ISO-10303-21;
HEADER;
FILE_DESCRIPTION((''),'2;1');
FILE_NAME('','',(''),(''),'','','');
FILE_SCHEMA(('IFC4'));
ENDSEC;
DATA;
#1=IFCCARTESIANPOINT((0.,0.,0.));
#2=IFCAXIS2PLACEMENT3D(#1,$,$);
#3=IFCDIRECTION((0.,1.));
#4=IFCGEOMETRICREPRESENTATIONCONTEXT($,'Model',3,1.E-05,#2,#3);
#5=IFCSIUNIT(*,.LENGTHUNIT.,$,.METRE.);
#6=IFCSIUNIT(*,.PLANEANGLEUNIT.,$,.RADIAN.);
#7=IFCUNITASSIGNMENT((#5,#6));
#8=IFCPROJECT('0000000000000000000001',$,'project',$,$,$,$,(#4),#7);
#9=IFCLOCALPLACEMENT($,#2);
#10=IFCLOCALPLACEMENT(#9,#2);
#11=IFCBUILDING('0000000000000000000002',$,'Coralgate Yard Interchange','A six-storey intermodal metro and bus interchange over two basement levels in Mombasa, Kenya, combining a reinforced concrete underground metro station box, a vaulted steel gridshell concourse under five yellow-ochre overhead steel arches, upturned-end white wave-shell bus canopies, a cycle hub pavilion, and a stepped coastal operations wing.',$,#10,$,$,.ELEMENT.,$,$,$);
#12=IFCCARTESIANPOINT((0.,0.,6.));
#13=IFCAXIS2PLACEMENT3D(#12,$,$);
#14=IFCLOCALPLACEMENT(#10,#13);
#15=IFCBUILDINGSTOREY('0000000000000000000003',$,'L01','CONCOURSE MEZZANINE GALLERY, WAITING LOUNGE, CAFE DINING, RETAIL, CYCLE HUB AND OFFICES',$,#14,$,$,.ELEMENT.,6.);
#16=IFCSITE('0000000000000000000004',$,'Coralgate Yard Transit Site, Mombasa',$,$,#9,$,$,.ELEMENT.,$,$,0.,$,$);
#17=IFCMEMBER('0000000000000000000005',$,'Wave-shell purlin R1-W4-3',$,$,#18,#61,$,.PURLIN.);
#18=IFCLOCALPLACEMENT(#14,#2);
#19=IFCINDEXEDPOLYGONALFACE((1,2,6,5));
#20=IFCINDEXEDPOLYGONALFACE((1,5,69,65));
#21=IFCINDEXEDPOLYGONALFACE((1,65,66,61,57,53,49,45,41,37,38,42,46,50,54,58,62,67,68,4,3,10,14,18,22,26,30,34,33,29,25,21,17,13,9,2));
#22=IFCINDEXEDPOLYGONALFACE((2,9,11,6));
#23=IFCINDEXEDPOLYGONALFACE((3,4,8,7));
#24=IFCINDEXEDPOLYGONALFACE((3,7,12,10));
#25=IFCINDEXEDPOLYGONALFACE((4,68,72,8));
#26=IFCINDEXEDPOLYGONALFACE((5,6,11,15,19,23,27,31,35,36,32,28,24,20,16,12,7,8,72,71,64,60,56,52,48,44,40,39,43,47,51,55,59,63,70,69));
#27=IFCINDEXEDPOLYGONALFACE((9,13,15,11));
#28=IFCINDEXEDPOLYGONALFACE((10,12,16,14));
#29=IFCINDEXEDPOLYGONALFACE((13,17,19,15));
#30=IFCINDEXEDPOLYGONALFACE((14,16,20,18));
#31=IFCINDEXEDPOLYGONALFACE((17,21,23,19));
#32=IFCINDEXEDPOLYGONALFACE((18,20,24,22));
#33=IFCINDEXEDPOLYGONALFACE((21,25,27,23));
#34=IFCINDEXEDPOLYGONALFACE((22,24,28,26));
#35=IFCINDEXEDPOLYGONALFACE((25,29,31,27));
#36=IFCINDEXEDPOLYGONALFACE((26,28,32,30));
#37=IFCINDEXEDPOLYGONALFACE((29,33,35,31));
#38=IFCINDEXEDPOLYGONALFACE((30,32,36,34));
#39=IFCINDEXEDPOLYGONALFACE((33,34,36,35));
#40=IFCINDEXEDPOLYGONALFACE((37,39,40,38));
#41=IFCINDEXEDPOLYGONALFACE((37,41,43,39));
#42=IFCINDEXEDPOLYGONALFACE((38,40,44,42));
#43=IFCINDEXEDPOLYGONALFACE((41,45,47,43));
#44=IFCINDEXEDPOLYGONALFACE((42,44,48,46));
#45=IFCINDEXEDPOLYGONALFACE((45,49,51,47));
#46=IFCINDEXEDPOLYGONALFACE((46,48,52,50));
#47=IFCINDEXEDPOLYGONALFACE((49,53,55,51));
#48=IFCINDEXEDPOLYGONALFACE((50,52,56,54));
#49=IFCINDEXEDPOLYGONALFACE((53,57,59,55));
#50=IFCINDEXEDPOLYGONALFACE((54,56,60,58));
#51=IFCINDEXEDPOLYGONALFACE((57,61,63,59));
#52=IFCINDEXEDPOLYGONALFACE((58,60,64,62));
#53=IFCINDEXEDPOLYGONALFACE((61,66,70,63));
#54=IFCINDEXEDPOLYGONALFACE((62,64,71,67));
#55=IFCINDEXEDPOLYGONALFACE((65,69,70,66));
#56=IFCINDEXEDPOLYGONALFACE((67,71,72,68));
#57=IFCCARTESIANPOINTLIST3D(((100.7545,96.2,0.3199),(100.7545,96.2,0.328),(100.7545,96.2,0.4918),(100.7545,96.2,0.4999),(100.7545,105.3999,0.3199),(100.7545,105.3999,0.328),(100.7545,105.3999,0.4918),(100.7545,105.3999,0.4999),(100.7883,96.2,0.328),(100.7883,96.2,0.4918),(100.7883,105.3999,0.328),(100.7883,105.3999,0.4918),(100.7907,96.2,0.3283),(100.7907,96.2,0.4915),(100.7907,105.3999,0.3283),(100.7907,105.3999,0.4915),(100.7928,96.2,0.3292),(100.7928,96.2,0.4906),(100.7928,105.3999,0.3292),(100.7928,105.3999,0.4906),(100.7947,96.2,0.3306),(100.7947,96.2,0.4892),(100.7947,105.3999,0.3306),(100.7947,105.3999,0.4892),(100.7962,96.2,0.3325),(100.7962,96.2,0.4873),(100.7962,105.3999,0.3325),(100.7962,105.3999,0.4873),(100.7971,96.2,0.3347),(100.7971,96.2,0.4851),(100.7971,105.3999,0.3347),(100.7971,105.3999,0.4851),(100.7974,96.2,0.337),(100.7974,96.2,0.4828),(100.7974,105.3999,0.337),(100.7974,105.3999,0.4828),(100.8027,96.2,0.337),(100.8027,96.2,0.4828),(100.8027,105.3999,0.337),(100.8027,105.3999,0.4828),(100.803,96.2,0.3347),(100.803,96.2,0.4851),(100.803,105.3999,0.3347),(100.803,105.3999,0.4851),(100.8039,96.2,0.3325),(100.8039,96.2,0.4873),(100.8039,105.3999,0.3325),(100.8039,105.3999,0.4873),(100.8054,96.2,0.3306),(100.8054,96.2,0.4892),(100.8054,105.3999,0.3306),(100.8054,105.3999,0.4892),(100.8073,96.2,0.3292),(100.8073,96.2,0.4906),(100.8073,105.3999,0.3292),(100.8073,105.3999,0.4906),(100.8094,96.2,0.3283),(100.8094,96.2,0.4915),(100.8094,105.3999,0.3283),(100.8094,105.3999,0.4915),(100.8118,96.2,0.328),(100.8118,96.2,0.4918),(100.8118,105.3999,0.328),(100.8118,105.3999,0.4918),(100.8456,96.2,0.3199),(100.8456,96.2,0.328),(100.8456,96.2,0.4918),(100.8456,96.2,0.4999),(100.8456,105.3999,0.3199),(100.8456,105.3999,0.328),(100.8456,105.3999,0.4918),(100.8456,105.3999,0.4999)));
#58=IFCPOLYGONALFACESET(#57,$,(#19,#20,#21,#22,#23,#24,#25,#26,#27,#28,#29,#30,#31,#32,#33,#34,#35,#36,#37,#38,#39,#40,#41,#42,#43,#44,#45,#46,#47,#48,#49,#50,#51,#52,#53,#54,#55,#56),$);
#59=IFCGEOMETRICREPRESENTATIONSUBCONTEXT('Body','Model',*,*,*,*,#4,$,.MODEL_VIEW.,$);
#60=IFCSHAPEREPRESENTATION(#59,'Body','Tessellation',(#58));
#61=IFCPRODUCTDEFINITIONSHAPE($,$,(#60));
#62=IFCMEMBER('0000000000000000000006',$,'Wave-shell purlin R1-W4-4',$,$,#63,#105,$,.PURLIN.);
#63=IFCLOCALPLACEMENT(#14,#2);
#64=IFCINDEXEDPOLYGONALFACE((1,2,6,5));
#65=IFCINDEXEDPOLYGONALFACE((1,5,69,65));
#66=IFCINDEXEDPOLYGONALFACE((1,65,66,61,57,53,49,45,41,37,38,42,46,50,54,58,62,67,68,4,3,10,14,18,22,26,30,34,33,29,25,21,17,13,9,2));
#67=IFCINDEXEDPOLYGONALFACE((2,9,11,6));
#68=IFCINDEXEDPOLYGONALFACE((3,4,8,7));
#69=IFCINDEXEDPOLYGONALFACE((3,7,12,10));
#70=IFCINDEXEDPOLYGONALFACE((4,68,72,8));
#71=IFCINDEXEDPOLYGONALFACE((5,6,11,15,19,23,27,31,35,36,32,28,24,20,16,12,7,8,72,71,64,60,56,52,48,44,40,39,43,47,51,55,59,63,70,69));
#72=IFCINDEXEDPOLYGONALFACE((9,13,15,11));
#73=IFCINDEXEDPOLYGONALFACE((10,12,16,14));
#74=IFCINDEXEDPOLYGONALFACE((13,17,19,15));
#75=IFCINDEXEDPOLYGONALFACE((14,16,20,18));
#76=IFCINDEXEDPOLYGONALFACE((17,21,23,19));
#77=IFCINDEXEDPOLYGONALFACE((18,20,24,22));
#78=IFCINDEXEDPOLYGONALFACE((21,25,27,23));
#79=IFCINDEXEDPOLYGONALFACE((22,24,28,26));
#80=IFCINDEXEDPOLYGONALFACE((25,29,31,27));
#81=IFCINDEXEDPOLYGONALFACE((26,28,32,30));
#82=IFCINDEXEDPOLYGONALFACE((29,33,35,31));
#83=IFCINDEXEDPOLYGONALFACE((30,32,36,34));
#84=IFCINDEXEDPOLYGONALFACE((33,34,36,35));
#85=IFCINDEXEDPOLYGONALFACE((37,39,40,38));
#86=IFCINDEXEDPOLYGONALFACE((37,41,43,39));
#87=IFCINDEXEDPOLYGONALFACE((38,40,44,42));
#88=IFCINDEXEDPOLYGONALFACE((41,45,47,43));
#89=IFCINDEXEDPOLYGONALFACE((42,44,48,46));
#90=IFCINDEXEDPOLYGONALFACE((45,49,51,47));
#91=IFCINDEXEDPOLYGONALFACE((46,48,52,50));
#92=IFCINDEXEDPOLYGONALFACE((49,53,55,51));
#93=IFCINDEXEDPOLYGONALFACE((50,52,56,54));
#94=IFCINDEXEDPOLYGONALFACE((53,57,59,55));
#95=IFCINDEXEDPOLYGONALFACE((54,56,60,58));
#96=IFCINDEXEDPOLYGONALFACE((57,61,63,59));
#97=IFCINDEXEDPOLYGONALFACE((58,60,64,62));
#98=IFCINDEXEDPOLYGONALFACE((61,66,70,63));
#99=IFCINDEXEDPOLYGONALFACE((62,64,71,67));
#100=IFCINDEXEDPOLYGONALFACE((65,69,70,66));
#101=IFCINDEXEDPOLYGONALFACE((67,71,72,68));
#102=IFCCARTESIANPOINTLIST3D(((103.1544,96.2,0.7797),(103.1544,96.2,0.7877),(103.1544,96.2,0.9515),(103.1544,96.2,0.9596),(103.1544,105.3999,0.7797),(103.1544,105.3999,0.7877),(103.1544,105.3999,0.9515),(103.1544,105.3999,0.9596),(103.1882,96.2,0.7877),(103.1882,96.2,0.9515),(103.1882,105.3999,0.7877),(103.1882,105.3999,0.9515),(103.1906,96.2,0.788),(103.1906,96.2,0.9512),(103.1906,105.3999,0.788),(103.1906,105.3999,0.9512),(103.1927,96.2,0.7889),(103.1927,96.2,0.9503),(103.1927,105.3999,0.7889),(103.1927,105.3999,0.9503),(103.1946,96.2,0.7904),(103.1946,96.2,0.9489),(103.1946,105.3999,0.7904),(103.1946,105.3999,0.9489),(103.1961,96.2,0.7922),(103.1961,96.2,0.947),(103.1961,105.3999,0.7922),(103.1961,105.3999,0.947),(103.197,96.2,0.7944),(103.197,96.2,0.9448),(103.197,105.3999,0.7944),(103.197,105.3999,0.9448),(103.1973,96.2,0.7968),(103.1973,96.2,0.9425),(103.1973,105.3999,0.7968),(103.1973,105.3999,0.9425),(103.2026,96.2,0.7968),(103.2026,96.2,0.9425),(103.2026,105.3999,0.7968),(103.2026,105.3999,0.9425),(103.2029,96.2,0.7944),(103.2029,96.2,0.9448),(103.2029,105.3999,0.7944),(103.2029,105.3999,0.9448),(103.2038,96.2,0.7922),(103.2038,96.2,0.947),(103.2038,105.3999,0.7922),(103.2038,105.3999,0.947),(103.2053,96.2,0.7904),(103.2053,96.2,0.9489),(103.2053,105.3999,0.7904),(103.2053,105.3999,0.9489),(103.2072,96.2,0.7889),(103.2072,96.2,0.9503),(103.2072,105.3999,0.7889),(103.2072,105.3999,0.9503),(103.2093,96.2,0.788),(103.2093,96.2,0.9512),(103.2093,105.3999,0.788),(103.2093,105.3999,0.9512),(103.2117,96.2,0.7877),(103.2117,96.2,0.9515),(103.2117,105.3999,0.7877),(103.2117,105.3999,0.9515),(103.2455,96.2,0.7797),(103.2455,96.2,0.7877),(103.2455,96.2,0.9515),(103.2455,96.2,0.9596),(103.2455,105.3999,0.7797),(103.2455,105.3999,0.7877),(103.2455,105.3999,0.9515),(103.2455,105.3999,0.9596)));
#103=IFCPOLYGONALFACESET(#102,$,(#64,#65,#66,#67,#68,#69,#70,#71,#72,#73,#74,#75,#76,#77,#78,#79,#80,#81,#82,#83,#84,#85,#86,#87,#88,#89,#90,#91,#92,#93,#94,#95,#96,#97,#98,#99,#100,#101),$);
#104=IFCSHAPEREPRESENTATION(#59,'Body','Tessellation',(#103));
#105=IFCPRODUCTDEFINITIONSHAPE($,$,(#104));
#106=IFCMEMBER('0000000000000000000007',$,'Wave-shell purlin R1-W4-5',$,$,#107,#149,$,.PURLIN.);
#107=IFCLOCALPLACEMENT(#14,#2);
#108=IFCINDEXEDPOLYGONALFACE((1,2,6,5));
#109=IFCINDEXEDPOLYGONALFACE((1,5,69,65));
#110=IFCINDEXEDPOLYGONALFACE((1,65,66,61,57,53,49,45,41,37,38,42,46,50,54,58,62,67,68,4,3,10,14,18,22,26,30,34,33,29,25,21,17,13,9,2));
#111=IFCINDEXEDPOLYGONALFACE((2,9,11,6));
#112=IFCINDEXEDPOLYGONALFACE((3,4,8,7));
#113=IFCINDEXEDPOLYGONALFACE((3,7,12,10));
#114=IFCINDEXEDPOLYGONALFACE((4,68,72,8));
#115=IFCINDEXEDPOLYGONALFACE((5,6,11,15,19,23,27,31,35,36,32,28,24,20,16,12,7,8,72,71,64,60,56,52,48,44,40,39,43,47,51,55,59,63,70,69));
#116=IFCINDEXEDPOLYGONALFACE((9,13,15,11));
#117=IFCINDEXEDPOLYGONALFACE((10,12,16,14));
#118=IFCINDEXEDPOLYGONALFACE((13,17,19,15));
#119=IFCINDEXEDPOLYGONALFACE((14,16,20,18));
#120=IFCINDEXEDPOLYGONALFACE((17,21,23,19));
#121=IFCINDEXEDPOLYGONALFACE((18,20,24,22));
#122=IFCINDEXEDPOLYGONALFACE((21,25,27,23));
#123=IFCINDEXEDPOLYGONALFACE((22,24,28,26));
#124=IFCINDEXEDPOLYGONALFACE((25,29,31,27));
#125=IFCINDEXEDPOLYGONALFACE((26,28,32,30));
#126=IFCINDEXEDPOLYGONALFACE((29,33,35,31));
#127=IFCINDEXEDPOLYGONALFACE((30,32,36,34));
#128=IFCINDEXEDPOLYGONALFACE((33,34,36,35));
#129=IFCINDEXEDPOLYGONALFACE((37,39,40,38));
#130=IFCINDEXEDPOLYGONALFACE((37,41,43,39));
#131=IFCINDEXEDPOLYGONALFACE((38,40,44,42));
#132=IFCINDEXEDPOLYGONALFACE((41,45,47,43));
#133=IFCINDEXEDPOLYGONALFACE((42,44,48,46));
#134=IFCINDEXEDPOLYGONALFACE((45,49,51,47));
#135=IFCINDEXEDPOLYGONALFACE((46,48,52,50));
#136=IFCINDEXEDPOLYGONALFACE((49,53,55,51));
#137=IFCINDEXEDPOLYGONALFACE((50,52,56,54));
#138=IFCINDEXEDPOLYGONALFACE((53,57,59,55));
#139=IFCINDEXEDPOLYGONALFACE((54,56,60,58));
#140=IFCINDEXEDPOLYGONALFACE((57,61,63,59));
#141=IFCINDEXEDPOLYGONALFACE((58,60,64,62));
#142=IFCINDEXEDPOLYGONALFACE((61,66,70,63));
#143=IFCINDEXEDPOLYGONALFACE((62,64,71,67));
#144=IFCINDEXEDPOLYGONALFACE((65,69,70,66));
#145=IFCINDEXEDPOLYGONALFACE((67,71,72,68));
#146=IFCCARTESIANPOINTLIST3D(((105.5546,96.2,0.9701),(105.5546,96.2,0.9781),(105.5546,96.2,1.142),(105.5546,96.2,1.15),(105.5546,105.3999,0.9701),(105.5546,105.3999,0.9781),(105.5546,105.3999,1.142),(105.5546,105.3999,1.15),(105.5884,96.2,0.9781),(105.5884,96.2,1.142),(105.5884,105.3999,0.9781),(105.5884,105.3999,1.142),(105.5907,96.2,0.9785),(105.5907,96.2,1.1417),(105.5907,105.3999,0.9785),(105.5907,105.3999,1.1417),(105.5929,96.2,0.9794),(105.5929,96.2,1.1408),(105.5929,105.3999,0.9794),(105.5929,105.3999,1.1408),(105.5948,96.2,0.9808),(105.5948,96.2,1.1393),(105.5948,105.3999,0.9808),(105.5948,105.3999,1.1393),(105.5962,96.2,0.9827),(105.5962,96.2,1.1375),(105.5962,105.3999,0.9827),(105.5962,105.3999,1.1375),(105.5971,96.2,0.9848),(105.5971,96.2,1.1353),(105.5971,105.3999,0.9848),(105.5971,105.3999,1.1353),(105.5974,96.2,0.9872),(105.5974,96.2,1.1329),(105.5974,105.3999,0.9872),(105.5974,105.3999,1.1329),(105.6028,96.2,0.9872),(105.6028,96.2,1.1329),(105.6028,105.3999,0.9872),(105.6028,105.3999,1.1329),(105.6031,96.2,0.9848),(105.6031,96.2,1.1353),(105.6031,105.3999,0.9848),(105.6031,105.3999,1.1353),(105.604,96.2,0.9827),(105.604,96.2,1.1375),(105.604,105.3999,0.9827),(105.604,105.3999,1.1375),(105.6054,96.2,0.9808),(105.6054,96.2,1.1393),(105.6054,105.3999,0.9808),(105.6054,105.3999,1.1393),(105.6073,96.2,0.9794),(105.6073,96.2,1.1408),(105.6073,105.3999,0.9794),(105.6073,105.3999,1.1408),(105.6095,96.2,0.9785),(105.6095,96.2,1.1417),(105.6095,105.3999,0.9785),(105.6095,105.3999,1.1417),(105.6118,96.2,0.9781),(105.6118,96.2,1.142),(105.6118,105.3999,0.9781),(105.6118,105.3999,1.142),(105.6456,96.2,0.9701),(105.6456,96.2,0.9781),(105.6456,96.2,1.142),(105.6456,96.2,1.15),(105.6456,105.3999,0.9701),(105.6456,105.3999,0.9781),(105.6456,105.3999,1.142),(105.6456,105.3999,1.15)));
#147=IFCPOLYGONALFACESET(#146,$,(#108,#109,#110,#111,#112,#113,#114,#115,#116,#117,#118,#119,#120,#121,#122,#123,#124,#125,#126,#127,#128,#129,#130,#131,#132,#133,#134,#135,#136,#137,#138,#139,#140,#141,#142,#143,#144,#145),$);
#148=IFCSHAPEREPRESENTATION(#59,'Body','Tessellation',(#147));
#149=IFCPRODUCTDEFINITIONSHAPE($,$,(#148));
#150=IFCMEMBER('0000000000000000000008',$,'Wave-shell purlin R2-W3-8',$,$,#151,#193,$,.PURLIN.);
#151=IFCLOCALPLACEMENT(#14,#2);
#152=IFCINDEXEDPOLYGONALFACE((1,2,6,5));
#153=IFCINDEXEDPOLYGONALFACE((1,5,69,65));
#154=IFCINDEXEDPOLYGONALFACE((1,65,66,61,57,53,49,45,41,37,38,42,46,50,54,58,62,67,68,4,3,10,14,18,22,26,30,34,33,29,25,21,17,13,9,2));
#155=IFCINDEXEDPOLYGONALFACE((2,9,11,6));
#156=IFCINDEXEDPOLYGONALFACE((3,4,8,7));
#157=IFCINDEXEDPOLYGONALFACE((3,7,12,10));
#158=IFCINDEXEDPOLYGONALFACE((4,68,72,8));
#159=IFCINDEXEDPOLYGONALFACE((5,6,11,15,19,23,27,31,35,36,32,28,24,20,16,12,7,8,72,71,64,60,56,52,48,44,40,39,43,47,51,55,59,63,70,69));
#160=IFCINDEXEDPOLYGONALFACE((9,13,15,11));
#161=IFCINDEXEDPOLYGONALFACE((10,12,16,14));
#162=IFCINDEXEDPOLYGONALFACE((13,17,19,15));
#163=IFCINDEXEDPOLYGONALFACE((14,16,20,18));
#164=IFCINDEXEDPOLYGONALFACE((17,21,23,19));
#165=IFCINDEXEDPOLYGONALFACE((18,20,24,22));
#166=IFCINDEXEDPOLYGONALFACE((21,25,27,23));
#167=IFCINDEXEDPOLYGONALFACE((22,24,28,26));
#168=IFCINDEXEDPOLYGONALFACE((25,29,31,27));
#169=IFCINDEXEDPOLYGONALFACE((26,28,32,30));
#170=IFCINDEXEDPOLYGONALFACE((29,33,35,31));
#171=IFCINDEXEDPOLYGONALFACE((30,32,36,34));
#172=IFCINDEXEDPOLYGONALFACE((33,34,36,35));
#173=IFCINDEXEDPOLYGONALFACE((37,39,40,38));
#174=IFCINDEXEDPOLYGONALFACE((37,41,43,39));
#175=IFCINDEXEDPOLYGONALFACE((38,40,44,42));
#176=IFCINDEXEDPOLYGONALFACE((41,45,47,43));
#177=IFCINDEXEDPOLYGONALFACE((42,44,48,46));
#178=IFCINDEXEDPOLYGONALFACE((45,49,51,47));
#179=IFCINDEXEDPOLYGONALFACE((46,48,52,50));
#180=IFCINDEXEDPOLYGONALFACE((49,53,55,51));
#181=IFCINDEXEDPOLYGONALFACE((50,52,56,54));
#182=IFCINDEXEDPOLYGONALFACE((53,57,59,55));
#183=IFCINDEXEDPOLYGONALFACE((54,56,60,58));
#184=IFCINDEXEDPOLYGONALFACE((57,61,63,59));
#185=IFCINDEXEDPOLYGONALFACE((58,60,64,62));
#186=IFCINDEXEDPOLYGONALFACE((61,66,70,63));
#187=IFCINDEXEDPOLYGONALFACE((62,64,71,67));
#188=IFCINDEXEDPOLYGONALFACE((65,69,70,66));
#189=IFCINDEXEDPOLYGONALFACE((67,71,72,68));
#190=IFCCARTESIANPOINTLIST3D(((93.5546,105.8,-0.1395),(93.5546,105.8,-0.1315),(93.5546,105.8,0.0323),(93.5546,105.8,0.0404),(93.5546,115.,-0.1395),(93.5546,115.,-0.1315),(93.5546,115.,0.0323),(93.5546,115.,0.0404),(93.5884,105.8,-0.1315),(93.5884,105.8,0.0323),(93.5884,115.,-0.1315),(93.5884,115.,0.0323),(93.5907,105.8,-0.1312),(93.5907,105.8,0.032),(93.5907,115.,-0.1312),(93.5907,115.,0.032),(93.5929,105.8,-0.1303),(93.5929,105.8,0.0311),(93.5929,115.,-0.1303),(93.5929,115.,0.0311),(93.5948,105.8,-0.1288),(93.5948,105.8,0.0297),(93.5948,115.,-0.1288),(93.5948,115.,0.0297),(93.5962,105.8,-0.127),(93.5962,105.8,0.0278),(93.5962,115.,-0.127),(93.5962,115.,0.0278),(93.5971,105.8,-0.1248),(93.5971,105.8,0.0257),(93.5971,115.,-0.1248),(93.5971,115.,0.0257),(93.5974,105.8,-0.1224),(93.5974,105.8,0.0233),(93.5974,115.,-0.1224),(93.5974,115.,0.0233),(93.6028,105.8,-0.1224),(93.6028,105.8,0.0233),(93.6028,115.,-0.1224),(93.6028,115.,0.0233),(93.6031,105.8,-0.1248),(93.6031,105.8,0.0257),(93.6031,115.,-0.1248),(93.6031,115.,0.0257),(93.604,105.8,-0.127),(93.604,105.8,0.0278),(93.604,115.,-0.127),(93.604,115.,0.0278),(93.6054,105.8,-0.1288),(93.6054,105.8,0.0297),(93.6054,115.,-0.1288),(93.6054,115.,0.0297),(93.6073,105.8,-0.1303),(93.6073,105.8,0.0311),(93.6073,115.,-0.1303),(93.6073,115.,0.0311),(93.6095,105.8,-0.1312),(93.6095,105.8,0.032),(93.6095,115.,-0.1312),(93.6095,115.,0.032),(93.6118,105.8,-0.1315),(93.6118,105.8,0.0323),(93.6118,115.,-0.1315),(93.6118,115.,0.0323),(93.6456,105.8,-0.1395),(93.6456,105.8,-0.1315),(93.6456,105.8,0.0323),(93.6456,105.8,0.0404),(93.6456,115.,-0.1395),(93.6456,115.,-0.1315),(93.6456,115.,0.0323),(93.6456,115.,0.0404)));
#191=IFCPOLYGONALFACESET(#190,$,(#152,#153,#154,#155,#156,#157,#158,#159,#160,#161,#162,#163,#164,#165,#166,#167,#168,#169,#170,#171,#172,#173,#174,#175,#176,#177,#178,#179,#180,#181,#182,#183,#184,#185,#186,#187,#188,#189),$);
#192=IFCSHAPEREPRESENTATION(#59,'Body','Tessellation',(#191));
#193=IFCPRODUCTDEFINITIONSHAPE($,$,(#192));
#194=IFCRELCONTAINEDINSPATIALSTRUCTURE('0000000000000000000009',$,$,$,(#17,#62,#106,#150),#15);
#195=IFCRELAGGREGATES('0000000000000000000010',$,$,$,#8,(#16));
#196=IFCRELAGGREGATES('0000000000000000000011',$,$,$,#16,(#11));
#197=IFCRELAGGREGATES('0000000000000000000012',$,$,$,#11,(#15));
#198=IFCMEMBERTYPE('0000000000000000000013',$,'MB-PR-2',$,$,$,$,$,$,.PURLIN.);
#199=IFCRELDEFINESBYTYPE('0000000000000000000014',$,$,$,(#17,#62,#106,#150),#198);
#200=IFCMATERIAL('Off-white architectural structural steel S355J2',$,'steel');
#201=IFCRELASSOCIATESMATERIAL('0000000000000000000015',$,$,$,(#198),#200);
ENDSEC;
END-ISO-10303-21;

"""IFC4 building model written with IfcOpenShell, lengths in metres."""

from ifc_helpers import new_model, si_unit, direction, frame, origin, origin_2d, place, context, subcontext, project, spatial, i_section, extrude, material, material_profile, profile_set, type_object, element, save


model = new_model("IFC4")

# Units and contexts
model_context = context("Model", 3, precision=1e-05, world=origin(), true_north=direction((0.0, 1.0)))
body_context = subcontext(model_context, "Body", "Model", "MODEL_VIEW")
ifc_project = project(units=[si_unit("LENGTHUNIT", "METRE"), si_unit("PLANEANGLEUNIT", "RADIAN")], contexts=[model_context])

# Site, building, storey
site_placement = place(None, origin())
site = spatial("IfcSite", under=ifc_project, at=site_placement, Name="Coralgate Yard Transit Site, Mombasa", CompositionType="ELEMENT", RefElevation=0.0)
building_placement = place(site_placement, origin())
building = spatial("IfcBuilding", under=site, at=building_placement, Name="Coralgate Yard Interchange", Description="A six-storey intermodal metro and bus interchange over two basement levels in Mombasa, Kenya, combining a reinforced concrete underground metro station box, a vaulted steel gridshell concourse under five yellow-ochre overhead steel arches, upturned-end white wave-shell bus canopies, a cycle hub pavilion, and a stepped coastal operations wing.", CompositionType="ELEMENT")
storey_placement = place(building_placement, frame((0.0, 0.0, 6.0)))
storey = spatial("IfcBuildingStorey", under=building, at=storey_placement, Name="L01", Description="CONCOURSE MEZZANINE GALLERY, WAITING LOUNGE, CAFE DINING, RETAIL, CYCLE HUB AND OFFICES", CompositionType="ELEMENT", Elevation=6.0)

# Shared definitions
ifc_material_1 = material(Name="Off-white architectural structural steel S355J2", Category="steel")

# Members
ifc_material_profile_1 = material_profile(ifc_material_1, i_section(OverallWidth=0.0911, OverallDepth=0.1799, WebThickness=0.0054, FlangeThickness=0.0081, FilletRadius=0.009, at=origin_2d()), Name="IPE 180")
ifc_profile_set_1 = profile_set([ifc_material_profile_1], Name="Off-white architectural structural steel S355J2")
member_type_1 = type_object("IfcMemberType", Name="MB-PR-2", PredefinedType="PURLIN", material=ifc_profile_set_1)
for number, where, z_axis, x_axis, name in (
    (1, (100.8, 96.2, 0.4099), (0.0, 1.0, 0.0), (-1.0, 0.0, 0.0), "Wave-shell purlin R1-W4-3"),
    (2, (103.2, 96.2, 0.8696), (0.0, 1.0, 0.0), (-1.0, 0.0, 0.0), "Wave-shell purlin R1-W4-4"),
    (3, (105.6001, 96.2, 1.0601), (0.0, 1.0, 0.0), (-1.0, 0.0, 0.0), "Wave-shell purlin R1-W4-5"),
    (4, (93.6001, 105.8, -0.0496), (0.0, 1.0, 0.0), (-1.0, 0.0, 0.0), "Wave-shell purlin R2-W3-8"),
):
    element("IfcMember", number, at=place(storey_placement, frame(where, z_axis=z_axis, x_axis=x_axis)), inside=storey, type_object=member_type_1, Name=name, PredefinedType="PURLIN", context=body_context, shape_type="SweptSolid", body=[
        extrude(i_section(OverallWidth=0.0911, OverallDepth=0.1799, WebThickness=0.0054, FlangeThickness=0.0081, FilletRadius=0.009, at=origin_2d()), origin(), (0.0, 0.0, 1.0), 9.2),
    ])

save(model, "model.ifc")
